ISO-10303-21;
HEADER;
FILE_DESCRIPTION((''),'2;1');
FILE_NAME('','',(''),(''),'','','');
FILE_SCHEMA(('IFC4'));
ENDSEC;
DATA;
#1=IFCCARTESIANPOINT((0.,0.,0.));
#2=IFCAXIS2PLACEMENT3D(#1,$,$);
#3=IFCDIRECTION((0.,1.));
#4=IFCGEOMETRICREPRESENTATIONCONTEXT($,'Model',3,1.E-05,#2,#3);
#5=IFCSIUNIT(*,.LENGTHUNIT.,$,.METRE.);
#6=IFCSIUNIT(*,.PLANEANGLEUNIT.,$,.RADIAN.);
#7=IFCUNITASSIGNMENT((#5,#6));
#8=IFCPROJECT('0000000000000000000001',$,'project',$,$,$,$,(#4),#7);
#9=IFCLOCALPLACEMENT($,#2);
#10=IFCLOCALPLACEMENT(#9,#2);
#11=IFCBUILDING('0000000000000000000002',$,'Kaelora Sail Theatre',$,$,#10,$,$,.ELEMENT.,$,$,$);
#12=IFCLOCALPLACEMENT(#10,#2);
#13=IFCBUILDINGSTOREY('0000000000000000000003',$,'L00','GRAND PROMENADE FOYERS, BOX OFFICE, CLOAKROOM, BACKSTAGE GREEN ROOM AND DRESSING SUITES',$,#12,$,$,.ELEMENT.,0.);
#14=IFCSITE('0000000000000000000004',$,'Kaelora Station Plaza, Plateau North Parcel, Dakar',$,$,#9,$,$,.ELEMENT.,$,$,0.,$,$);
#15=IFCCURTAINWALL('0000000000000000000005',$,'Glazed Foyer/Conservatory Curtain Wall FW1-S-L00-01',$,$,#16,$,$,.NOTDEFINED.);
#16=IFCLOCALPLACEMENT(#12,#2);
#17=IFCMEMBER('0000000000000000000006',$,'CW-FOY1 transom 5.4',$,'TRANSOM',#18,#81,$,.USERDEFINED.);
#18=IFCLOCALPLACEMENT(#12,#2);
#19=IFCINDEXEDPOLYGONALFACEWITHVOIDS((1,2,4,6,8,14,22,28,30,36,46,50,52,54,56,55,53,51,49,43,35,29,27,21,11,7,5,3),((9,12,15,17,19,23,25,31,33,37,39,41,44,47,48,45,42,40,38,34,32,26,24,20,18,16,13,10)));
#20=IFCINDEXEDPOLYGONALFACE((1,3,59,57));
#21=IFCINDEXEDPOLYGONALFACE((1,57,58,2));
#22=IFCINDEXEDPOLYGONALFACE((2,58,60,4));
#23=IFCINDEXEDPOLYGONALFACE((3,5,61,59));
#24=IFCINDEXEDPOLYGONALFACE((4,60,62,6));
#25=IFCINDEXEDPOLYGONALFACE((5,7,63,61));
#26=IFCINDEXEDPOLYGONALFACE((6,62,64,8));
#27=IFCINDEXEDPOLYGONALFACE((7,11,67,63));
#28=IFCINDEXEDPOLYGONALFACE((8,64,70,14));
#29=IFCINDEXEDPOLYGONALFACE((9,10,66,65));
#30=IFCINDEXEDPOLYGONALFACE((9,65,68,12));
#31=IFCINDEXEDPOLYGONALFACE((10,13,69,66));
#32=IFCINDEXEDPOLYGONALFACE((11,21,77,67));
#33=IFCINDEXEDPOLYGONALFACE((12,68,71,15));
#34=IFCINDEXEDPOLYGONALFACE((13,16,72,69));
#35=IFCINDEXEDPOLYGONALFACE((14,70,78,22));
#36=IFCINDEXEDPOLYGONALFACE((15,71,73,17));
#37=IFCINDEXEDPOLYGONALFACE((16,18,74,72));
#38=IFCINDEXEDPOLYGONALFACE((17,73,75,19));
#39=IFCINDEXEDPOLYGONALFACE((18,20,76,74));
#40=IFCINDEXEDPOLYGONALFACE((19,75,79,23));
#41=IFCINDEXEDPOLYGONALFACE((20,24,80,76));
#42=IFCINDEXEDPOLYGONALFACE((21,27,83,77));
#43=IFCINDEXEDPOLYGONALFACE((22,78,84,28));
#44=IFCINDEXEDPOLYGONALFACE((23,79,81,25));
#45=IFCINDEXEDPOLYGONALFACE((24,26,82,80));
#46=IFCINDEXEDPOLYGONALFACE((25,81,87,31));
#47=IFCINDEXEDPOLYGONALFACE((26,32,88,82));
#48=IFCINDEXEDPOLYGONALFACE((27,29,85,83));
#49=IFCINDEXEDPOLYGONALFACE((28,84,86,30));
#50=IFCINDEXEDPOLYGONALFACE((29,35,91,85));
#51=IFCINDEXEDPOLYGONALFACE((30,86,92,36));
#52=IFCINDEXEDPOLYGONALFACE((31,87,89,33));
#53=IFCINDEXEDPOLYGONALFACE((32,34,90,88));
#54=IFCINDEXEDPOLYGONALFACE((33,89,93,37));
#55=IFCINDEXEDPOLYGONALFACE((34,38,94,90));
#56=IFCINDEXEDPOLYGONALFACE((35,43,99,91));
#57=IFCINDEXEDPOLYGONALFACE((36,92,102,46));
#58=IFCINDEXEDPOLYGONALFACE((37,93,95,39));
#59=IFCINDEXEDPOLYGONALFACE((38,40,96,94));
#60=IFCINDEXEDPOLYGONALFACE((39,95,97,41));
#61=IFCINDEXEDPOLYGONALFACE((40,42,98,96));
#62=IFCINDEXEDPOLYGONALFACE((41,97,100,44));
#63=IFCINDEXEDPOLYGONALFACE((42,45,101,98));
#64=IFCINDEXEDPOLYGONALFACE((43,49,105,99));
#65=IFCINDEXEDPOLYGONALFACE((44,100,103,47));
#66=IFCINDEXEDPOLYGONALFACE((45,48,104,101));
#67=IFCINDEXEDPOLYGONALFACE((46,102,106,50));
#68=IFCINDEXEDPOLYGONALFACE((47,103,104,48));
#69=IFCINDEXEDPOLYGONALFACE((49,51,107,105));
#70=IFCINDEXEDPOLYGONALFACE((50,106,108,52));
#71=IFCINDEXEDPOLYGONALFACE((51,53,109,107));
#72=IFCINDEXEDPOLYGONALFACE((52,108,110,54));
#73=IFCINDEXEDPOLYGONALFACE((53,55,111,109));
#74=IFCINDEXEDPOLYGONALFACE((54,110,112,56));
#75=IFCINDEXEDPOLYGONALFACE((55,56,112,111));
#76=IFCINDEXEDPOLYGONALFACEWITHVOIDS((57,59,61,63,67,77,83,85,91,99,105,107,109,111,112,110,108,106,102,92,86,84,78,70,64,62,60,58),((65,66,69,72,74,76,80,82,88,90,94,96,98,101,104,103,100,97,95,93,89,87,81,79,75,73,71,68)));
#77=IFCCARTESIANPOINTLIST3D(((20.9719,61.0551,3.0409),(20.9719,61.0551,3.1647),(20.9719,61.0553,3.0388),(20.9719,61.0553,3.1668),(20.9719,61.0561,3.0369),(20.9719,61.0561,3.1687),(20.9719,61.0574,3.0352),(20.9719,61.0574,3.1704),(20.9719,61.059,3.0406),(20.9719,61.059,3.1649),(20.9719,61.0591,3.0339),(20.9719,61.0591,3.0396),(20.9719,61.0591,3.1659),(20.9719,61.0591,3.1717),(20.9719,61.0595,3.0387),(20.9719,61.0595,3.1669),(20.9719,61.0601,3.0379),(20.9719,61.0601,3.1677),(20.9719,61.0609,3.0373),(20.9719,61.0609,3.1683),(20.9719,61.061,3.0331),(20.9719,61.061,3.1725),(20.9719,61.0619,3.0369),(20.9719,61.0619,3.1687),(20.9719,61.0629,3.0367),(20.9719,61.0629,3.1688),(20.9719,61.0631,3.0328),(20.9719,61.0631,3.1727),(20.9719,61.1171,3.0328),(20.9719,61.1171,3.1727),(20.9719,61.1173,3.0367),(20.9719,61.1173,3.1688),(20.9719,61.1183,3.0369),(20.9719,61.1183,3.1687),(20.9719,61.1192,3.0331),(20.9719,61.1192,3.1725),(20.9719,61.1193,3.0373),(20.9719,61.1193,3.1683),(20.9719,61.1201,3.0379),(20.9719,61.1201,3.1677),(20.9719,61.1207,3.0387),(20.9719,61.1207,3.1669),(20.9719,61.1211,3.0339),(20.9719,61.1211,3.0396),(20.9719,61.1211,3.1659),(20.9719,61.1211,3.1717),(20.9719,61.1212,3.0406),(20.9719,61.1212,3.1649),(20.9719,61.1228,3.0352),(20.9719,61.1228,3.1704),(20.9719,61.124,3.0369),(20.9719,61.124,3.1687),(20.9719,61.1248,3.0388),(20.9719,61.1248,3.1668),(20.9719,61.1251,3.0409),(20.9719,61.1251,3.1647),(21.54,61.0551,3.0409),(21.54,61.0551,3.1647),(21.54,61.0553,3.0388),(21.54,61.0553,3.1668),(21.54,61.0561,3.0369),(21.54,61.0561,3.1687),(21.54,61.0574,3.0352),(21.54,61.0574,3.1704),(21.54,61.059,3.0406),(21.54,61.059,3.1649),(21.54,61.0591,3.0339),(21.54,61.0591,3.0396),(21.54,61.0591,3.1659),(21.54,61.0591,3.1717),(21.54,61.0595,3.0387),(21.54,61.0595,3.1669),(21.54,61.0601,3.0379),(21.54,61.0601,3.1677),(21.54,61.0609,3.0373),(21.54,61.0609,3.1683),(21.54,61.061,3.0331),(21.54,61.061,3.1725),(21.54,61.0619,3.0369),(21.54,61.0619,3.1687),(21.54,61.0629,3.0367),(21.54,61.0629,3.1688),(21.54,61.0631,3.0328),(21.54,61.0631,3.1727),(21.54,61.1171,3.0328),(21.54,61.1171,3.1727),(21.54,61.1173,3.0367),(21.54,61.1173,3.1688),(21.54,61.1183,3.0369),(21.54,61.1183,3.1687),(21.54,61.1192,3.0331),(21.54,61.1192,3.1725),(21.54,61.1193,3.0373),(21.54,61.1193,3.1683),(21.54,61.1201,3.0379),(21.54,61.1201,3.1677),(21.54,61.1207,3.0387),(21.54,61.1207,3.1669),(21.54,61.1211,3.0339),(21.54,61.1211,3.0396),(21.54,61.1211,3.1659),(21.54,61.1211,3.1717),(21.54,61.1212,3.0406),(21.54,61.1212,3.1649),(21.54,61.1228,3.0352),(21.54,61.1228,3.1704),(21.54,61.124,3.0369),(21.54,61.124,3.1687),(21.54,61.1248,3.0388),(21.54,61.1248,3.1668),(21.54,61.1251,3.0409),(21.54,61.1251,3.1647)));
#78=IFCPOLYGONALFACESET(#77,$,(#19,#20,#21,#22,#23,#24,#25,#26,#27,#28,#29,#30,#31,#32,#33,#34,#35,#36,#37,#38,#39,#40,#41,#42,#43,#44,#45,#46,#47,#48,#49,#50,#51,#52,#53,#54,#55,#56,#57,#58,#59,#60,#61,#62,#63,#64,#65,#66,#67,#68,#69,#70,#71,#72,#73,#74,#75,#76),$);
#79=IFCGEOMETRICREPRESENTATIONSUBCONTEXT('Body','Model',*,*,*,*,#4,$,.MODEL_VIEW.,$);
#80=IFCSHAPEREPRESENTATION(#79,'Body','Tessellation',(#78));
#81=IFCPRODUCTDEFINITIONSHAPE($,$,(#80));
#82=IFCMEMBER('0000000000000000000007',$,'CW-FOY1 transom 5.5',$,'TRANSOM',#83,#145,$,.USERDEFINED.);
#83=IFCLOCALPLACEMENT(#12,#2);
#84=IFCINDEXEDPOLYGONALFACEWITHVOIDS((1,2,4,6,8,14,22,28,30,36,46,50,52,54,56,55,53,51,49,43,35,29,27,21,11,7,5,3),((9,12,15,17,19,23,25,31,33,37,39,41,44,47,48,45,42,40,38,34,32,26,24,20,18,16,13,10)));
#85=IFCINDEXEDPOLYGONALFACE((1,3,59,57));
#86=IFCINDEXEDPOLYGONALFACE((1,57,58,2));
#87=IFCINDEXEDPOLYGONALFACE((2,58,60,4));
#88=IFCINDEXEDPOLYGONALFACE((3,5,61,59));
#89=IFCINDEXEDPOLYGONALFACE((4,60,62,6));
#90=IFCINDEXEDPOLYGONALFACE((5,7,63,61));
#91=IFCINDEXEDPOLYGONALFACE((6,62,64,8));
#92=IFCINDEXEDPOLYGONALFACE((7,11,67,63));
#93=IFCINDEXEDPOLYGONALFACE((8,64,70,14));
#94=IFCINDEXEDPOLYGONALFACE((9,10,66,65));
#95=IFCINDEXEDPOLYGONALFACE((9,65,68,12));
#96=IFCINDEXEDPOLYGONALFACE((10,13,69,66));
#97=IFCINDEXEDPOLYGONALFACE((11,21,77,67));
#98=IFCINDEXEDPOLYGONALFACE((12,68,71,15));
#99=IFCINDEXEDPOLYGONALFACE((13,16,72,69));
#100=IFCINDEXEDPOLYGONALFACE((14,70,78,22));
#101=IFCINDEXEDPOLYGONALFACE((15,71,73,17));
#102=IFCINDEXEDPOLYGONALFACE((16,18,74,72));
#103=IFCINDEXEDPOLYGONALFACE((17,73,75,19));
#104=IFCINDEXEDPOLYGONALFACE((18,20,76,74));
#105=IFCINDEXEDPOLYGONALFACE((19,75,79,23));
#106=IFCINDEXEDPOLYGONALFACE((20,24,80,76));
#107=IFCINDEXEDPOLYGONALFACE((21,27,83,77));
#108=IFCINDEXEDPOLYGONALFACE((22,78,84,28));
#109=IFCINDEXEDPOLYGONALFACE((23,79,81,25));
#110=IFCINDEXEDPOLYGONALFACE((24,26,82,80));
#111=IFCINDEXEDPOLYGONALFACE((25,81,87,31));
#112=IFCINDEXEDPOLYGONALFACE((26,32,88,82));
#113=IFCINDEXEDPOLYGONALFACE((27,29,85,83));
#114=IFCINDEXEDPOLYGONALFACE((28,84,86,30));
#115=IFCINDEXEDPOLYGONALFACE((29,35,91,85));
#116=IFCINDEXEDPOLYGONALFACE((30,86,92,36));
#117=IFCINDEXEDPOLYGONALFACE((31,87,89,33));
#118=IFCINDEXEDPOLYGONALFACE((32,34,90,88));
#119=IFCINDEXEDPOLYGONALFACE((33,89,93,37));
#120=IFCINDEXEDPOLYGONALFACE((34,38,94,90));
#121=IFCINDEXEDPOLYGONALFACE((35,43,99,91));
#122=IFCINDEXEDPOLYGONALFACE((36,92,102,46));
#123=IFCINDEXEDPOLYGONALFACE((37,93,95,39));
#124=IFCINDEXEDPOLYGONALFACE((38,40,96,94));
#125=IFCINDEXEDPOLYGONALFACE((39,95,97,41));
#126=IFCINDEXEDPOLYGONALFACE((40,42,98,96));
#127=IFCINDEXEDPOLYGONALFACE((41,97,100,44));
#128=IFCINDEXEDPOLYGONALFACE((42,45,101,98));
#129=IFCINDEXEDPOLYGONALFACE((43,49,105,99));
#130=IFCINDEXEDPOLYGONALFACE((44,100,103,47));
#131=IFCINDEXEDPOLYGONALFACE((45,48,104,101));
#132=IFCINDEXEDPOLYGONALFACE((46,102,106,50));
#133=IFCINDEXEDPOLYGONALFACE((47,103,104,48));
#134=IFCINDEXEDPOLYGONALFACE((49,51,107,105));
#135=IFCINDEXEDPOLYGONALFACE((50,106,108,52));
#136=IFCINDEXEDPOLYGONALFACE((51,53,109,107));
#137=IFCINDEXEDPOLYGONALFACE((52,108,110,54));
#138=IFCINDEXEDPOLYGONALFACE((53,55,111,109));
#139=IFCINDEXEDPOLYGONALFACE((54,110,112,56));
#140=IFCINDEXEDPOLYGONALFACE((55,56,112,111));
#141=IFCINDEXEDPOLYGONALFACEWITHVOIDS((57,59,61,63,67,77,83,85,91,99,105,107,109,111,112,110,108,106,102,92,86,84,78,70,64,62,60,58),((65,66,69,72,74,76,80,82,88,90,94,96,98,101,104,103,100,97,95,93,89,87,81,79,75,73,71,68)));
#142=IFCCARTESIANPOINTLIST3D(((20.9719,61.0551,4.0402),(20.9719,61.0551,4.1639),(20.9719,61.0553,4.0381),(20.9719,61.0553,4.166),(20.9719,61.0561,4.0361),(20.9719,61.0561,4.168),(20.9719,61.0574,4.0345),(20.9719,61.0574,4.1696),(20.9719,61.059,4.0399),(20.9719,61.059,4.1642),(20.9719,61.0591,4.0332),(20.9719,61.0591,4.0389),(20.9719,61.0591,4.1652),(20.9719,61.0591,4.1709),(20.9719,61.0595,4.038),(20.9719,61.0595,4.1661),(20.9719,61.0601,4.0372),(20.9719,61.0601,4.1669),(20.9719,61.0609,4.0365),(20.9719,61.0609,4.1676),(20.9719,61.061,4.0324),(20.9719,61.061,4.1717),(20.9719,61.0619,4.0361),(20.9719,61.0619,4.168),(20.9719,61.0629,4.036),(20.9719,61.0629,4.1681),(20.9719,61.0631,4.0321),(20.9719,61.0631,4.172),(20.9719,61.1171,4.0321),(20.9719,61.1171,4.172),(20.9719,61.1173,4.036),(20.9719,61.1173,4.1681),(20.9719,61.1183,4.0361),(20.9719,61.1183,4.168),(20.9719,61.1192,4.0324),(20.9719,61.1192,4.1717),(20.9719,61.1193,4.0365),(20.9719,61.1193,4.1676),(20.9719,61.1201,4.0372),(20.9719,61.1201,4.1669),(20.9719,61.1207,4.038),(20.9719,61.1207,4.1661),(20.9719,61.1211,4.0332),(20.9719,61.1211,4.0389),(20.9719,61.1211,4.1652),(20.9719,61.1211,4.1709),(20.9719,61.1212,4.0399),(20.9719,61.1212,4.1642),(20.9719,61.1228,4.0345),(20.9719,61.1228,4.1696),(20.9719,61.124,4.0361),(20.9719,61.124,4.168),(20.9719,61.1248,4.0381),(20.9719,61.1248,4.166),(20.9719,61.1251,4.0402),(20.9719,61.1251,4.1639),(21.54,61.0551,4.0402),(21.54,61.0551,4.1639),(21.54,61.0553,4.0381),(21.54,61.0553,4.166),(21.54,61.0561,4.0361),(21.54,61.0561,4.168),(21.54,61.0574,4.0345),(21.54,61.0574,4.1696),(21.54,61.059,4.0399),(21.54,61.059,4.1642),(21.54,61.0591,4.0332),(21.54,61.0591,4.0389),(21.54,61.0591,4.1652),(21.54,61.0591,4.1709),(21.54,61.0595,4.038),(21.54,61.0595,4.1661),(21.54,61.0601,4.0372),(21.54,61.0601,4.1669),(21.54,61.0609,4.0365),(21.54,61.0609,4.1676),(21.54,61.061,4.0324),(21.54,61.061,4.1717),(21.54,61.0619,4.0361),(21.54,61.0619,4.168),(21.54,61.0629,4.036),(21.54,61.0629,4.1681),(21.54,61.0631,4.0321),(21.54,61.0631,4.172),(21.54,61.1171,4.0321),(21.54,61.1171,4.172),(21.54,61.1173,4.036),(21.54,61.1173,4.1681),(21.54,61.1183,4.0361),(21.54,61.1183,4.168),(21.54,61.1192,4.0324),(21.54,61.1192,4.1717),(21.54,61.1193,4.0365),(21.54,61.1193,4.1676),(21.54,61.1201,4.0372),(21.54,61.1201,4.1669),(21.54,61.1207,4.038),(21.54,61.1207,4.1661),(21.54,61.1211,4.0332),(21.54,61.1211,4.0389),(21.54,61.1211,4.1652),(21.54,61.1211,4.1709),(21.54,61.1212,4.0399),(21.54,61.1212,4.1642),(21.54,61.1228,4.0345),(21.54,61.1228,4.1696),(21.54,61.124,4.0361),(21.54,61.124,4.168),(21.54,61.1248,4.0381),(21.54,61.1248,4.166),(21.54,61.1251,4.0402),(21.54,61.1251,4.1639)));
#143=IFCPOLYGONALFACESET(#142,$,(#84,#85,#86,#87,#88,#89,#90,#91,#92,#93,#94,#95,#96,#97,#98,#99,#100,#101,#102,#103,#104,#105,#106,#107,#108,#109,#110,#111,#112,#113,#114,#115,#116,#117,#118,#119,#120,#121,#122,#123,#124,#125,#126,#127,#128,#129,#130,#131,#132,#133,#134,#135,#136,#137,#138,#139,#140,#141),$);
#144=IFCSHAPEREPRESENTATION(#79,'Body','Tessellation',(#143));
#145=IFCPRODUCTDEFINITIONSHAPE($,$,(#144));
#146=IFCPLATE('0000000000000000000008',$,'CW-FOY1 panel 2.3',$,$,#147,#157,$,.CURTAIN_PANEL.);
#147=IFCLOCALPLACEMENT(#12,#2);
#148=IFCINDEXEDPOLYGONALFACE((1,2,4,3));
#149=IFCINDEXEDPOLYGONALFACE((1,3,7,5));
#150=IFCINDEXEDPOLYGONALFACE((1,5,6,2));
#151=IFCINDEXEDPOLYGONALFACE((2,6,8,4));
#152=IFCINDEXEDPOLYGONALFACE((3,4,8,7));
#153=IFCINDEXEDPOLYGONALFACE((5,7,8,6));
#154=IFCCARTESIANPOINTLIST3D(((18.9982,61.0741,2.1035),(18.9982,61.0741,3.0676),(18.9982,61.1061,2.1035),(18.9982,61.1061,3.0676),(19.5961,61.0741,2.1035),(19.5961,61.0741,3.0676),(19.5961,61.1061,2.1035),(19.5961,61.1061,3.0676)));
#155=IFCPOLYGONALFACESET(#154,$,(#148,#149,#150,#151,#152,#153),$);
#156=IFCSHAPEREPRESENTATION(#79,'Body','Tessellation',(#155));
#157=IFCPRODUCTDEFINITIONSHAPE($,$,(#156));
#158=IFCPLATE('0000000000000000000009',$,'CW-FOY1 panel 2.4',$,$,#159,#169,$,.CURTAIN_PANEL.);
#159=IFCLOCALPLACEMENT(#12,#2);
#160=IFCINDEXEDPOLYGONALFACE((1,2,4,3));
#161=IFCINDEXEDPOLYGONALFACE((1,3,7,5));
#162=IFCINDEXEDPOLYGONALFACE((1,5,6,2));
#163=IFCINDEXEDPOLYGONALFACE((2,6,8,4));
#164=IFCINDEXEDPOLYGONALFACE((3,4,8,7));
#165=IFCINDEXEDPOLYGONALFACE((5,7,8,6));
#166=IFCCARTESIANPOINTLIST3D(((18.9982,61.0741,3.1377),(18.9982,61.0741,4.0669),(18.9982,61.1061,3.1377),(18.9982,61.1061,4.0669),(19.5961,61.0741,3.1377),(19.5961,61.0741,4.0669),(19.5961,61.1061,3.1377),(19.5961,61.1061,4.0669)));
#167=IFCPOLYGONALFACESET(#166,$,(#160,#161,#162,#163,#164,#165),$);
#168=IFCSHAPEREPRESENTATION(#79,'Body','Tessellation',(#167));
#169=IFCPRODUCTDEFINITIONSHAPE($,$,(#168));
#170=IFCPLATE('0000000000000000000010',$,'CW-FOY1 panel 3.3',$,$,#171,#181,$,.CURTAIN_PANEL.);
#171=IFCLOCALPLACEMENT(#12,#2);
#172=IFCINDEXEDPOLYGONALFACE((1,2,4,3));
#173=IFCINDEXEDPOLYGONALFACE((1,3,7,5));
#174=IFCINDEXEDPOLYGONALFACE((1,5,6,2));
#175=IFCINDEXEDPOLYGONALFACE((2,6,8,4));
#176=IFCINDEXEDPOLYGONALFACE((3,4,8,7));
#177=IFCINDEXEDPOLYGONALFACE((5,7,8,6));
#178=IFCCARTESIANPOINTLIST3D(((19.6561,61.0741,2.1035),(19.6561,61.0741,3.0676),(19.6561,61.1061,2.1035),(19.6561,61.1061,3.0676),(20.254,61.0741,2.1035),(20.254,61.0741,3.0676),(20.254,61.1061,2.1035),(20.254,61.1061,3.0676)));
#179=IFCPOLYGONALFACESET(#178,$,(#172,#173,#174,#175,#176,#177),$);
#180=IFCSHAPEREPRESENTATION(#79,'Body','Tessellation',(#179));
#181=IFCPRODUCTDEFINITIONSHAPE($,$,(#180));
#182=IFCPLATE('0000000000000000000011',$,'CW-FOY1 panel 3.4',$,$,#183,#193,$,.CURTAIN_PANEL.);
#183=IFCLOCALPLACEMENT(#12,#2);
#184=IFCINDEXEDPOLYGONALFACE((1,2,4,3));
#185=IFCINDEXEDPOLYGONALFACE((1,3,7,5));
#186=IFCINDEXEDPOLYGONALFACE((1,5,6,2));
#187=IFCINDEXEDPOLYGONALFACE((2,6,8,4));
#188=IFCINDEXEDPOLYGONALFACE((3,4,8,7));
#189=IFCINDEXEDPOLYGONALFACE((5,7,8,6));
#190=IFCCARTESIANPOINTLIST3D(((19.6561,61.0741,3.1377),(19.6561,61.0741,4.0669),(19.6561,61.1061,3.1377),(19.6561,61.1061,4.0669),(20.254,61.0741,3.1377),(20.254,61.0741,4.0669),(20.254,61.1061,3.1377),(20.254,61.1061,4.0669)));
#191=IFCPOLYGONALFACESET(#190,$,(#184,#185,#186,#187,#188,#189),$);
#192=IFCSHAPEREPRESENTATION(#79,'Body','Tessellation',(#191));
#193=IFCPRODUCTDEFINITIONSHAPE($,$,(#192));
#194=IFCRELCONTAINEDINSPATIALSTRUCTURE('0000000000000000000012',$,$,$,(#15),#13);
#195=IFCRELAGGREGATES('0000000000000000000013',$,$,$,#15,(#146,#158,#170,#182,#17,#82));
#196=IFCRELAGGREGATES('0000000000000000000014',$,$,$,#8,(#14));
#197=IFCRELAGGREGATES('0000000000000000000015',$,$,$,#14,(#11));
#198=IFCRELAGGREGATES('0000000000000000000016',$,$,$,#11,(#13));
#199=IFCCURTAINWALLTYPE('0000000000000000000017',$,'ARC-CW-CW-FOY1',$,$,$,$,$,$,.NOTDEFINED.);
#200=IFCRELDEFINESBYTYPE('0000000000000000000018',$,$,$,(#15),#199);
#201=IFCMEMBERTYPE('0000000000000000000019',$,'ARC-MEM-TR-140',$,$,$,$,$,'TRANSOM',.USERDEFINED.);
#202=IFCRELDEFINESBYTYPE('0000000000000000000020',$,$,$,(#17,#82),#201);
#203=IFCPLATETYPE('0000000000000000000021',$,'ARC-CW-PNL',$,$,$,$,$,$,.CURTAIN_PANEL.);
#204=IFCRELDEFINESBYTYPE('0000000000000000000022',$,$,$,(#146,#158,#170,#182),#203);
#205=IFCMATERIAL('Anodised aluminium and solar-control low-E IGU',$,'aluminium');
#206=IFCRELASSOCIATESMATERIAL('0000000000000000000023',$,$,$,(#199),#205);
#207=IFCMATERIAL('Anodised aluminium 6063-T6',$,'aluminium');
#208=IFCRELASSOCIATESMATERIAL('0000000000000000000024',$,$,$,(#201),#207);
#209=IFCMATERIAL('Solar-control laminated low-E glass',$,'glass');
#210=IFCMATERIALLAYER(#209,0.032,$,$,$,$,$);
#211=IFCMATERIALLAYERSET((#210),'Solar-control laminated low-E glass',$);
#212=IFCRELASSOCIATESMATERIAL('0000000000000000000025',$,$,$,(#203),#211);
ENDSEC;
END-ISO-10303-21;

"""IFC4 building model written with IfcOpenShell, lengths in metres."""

from ifc_helpers import new_model, si_unit, direction, frame, origin, origin_2d, place, context, subcontext, project, spatial, rectangle, hollow_rectangle, extrude, material, layer, layer_set, material_profile, profile_set, type_object, element, aggregate, save


model = new_model("IFC4")

# Units and contexts
model_context = context("Model", 3, precision=1e-05, world=origin(), true_north=direction((0.0, 1.0)))
body_context = subcontext(model_context, "Body", "Model", "MODEL_VIEW")
ifc_project = project(units=[si_unit("LENGTHUNIT", "METRE"), si_unit("PLANEANGLEUNIT", "RADIAN")], contexts=[model_context])

# Site, building, storey
site_placement = place(None, origin())
site = spatial("IfcSite", under=ifc_project, at=site_placement, Name="Kaelora Station Plaza, Plateau North Parcel, Dakar", CompositionType="ELEMENT", RefElevation=0.0)
building_placement = place(site_placement, origin())
building = spatial("IfcBuilding", under=site, at=building_placement, Name="Kaelora Sail Theatre", CompositionType="ELEMENT")
storey_placement = place(building_placement, origin())
storey = spatial("IfcBuildingStorey", under=building, at=storey_placement, Name="L00", Description="GRAND PROMENADE FOYERS, BOX OFFICE, CLOAKROOM, BACKSTAGE GREEN ROOM AND DRESSING SUITES", CompositionType="ELEMENT", Elevation=0.0)

# Curtain wall, members, plates
ifc_material_1 = material(Name="Anodised aluminium and solar-control low-E IGU", Category="aluminium")
curtain_wall_type = type_object("IfcCurtainWallType", Name="ARC-CW-CW-FOY1", PredefinedType="NOTDEFINED", material=ifc_material_1)
curtain_wall_placement = place(storey_placement, origin())
curtain_wall = element("IfcCurtainWall", 1, at=curtain_wall_placement, inside=storey, type_object=curtain_wall_type, Name="Glazed Foyer/Conservatory Curtain Wall FW1-S-L00-01", PredefinedType="NOTDEFINED")
ifc_material_2 = material(Name="Anodised aluminium 6063-T6", Category="aluminium")
ifc_material_profile = material_profile(ifc_material_2, hollow_rectangle(XDim=0.0701, YDim=0.1399, WallThickness=0.0039, InnerFilletRadius=0.0039, OuterFilletRadius=0.0081, at=origin_2d()), Name="ALU-TRAN 70x140x4")
ifc_profile_set = profile_set([ifc_material_profile], Name="Anodised aluminium 6063-T6")
member_type = type_object("IfcMemberType", Name="ARC-MEM-TR-140", ElementType="TRANSOM", PredefinedType="USERDEFINED", material=ifc_profile_set)
member_1_placement = place(storey_placement, frame((20.9719, 61.0901, 3.1028), z_axis=(1.0, 0.0, 0.0), x_axis=(0.0, 1.0, 0.0)))
member_1 = element("IfcMember", 2, at=member_1_placement, type_object=member_type, Name="CW-FOY1 transom 5.4", ObjectType="TRANSOM", PredefinedType="USERDEFINED", context=body_context, shape_type="SweptSolid", body=[
    extrude(hollow_rectangle(XDim=0.0701, YDim=0.1399, WallThickness=0.0039, InnerFilletRadius=0.0039, OuterFilletRadius=0.0081, at=origin_2d()), origin(), (0.0, 0.0, 1.0), 0.5681),
])
member_2_placement = place(storey_placement, frame((20.9719, 61.0901, 4.1021), z_axis=(1.0, 0.0, 0.0), x_axis=(0.0, 1.0, 0.0)))
member_2 = element("IfcMember", 3, at=member_2_placement, type_object=member_type, Name="CW-FOY1 transom 5.5", ObjectType="TRANSOM", PredefinedType="USERDEFINED", context=body_context, shape_type="SweptSolid", body=[
    extrude(hollow_rectangle(XDim=0.0701, YDim=0.1399, WallThickness=0.0039, InnerFilletRadius=0.0039, OuterFilletRadius=0.0081, at=origin_2d()), origin(), (0.0, 0.0, 1.0), 0.5681),
])
ifc_material_3 = material(Name="Solar-control laminated low-E glass", Category="glass")
ifc_layer = layer(ifc_material_3, 0.032)
ifc_layer_set = layer_set([ifc_layer], Name="Solar-control laminated low-E glass")
plate_type = type_object("IfcPlateType", Name="ARC-CW-PNL", PredefinedType="CURTAIN_PANEL", material=ifc_layer_set)
plate_1_placement = place(storey_placement, frame((19.2971, 61.0901, 2.1035), z_axis=(0.0, 0.0, 1.0), x_axis=(1.0, 0.0, 0.0)))
plate_1 = element("IfcPlate", 4, at=plate_1_placement, type_object=plate_type, Name="CW-FOY1 panel 2.3", PredefinedType="CURTAIN_PANEL", context=body_context, shape_type="SweptSolid", body=[
    extrude(rectangle(XDim=0.5979, YDim=0.032, at=origin_2d()), origin(), (0.0, 0.0, 1.0), 0.9641),
])
plate_2_placement = place(storey_placement, frame((19.2971, 61.0901, 3.1377), z_axis=(0.0, 0.0, 1.0), x_axis=(1.0, 0.0, 0.0)))
plate_2 = element("IfcPlate", 5, at=plate_2_placement, type_object=plate_type, Name="CW-FOY1 panel 2.4", PredefinedType="CURTAIN_PANEL", context=body_context, shape_type="SweptSolid", body=[
    extrude(rectangle(XDim=0.5979, YDim=0.032, at=origin_2d()), origin(), (0.0, 0.0, 1.0), 0.9292),
])
plate_3_placement = place(storey_placement, frame((19.9551, 61.0901, 2.1035), z_axis=(0.0, 0.0, 1.0), x_axis=(1.0, 0.0, 0.0)))
plate_3 = element("IfcPlate", 6, at=plate_3_placement, type_object=plate_type, Name="CW-FOY1 panel 3.3", PredefinedType="CURTAIN_PANEL", context=body_context, shape_type="SweptSolid", body=[
    extrude(rectangle(XDim=0.5979, YDim=0.032, at=origin_2d()), origin(), (0.0, 0.0, 1.0), 0.9641),
])
plate_4_placement = place(storey_placement, frame((19.9551, 61.0901, 3.1377), z_axis=(0.0, 0.0, 1.0), x_axis=(1.0, 0.0, 0.0)))
plate_4 = element("IfcPlate", 7, at=plate_4_placement, type_object=plate_type, Name="CW-FOY1 panel 3.4", PredefinedType="CURTAIN_PANEL", context=body_context, shape_type="SweptSolid", body=[
    extrude(rectangle(XDim=0.5979, YDim=0.032, at=origin_2d()), origin(), (0.0, 0.0, 1.0), 0.9292),
])
aggregate(curtain_wall, [plate_1, plate_2, plate_3, plate_4, member_1, member_2])

save(model, "model.ifc")
